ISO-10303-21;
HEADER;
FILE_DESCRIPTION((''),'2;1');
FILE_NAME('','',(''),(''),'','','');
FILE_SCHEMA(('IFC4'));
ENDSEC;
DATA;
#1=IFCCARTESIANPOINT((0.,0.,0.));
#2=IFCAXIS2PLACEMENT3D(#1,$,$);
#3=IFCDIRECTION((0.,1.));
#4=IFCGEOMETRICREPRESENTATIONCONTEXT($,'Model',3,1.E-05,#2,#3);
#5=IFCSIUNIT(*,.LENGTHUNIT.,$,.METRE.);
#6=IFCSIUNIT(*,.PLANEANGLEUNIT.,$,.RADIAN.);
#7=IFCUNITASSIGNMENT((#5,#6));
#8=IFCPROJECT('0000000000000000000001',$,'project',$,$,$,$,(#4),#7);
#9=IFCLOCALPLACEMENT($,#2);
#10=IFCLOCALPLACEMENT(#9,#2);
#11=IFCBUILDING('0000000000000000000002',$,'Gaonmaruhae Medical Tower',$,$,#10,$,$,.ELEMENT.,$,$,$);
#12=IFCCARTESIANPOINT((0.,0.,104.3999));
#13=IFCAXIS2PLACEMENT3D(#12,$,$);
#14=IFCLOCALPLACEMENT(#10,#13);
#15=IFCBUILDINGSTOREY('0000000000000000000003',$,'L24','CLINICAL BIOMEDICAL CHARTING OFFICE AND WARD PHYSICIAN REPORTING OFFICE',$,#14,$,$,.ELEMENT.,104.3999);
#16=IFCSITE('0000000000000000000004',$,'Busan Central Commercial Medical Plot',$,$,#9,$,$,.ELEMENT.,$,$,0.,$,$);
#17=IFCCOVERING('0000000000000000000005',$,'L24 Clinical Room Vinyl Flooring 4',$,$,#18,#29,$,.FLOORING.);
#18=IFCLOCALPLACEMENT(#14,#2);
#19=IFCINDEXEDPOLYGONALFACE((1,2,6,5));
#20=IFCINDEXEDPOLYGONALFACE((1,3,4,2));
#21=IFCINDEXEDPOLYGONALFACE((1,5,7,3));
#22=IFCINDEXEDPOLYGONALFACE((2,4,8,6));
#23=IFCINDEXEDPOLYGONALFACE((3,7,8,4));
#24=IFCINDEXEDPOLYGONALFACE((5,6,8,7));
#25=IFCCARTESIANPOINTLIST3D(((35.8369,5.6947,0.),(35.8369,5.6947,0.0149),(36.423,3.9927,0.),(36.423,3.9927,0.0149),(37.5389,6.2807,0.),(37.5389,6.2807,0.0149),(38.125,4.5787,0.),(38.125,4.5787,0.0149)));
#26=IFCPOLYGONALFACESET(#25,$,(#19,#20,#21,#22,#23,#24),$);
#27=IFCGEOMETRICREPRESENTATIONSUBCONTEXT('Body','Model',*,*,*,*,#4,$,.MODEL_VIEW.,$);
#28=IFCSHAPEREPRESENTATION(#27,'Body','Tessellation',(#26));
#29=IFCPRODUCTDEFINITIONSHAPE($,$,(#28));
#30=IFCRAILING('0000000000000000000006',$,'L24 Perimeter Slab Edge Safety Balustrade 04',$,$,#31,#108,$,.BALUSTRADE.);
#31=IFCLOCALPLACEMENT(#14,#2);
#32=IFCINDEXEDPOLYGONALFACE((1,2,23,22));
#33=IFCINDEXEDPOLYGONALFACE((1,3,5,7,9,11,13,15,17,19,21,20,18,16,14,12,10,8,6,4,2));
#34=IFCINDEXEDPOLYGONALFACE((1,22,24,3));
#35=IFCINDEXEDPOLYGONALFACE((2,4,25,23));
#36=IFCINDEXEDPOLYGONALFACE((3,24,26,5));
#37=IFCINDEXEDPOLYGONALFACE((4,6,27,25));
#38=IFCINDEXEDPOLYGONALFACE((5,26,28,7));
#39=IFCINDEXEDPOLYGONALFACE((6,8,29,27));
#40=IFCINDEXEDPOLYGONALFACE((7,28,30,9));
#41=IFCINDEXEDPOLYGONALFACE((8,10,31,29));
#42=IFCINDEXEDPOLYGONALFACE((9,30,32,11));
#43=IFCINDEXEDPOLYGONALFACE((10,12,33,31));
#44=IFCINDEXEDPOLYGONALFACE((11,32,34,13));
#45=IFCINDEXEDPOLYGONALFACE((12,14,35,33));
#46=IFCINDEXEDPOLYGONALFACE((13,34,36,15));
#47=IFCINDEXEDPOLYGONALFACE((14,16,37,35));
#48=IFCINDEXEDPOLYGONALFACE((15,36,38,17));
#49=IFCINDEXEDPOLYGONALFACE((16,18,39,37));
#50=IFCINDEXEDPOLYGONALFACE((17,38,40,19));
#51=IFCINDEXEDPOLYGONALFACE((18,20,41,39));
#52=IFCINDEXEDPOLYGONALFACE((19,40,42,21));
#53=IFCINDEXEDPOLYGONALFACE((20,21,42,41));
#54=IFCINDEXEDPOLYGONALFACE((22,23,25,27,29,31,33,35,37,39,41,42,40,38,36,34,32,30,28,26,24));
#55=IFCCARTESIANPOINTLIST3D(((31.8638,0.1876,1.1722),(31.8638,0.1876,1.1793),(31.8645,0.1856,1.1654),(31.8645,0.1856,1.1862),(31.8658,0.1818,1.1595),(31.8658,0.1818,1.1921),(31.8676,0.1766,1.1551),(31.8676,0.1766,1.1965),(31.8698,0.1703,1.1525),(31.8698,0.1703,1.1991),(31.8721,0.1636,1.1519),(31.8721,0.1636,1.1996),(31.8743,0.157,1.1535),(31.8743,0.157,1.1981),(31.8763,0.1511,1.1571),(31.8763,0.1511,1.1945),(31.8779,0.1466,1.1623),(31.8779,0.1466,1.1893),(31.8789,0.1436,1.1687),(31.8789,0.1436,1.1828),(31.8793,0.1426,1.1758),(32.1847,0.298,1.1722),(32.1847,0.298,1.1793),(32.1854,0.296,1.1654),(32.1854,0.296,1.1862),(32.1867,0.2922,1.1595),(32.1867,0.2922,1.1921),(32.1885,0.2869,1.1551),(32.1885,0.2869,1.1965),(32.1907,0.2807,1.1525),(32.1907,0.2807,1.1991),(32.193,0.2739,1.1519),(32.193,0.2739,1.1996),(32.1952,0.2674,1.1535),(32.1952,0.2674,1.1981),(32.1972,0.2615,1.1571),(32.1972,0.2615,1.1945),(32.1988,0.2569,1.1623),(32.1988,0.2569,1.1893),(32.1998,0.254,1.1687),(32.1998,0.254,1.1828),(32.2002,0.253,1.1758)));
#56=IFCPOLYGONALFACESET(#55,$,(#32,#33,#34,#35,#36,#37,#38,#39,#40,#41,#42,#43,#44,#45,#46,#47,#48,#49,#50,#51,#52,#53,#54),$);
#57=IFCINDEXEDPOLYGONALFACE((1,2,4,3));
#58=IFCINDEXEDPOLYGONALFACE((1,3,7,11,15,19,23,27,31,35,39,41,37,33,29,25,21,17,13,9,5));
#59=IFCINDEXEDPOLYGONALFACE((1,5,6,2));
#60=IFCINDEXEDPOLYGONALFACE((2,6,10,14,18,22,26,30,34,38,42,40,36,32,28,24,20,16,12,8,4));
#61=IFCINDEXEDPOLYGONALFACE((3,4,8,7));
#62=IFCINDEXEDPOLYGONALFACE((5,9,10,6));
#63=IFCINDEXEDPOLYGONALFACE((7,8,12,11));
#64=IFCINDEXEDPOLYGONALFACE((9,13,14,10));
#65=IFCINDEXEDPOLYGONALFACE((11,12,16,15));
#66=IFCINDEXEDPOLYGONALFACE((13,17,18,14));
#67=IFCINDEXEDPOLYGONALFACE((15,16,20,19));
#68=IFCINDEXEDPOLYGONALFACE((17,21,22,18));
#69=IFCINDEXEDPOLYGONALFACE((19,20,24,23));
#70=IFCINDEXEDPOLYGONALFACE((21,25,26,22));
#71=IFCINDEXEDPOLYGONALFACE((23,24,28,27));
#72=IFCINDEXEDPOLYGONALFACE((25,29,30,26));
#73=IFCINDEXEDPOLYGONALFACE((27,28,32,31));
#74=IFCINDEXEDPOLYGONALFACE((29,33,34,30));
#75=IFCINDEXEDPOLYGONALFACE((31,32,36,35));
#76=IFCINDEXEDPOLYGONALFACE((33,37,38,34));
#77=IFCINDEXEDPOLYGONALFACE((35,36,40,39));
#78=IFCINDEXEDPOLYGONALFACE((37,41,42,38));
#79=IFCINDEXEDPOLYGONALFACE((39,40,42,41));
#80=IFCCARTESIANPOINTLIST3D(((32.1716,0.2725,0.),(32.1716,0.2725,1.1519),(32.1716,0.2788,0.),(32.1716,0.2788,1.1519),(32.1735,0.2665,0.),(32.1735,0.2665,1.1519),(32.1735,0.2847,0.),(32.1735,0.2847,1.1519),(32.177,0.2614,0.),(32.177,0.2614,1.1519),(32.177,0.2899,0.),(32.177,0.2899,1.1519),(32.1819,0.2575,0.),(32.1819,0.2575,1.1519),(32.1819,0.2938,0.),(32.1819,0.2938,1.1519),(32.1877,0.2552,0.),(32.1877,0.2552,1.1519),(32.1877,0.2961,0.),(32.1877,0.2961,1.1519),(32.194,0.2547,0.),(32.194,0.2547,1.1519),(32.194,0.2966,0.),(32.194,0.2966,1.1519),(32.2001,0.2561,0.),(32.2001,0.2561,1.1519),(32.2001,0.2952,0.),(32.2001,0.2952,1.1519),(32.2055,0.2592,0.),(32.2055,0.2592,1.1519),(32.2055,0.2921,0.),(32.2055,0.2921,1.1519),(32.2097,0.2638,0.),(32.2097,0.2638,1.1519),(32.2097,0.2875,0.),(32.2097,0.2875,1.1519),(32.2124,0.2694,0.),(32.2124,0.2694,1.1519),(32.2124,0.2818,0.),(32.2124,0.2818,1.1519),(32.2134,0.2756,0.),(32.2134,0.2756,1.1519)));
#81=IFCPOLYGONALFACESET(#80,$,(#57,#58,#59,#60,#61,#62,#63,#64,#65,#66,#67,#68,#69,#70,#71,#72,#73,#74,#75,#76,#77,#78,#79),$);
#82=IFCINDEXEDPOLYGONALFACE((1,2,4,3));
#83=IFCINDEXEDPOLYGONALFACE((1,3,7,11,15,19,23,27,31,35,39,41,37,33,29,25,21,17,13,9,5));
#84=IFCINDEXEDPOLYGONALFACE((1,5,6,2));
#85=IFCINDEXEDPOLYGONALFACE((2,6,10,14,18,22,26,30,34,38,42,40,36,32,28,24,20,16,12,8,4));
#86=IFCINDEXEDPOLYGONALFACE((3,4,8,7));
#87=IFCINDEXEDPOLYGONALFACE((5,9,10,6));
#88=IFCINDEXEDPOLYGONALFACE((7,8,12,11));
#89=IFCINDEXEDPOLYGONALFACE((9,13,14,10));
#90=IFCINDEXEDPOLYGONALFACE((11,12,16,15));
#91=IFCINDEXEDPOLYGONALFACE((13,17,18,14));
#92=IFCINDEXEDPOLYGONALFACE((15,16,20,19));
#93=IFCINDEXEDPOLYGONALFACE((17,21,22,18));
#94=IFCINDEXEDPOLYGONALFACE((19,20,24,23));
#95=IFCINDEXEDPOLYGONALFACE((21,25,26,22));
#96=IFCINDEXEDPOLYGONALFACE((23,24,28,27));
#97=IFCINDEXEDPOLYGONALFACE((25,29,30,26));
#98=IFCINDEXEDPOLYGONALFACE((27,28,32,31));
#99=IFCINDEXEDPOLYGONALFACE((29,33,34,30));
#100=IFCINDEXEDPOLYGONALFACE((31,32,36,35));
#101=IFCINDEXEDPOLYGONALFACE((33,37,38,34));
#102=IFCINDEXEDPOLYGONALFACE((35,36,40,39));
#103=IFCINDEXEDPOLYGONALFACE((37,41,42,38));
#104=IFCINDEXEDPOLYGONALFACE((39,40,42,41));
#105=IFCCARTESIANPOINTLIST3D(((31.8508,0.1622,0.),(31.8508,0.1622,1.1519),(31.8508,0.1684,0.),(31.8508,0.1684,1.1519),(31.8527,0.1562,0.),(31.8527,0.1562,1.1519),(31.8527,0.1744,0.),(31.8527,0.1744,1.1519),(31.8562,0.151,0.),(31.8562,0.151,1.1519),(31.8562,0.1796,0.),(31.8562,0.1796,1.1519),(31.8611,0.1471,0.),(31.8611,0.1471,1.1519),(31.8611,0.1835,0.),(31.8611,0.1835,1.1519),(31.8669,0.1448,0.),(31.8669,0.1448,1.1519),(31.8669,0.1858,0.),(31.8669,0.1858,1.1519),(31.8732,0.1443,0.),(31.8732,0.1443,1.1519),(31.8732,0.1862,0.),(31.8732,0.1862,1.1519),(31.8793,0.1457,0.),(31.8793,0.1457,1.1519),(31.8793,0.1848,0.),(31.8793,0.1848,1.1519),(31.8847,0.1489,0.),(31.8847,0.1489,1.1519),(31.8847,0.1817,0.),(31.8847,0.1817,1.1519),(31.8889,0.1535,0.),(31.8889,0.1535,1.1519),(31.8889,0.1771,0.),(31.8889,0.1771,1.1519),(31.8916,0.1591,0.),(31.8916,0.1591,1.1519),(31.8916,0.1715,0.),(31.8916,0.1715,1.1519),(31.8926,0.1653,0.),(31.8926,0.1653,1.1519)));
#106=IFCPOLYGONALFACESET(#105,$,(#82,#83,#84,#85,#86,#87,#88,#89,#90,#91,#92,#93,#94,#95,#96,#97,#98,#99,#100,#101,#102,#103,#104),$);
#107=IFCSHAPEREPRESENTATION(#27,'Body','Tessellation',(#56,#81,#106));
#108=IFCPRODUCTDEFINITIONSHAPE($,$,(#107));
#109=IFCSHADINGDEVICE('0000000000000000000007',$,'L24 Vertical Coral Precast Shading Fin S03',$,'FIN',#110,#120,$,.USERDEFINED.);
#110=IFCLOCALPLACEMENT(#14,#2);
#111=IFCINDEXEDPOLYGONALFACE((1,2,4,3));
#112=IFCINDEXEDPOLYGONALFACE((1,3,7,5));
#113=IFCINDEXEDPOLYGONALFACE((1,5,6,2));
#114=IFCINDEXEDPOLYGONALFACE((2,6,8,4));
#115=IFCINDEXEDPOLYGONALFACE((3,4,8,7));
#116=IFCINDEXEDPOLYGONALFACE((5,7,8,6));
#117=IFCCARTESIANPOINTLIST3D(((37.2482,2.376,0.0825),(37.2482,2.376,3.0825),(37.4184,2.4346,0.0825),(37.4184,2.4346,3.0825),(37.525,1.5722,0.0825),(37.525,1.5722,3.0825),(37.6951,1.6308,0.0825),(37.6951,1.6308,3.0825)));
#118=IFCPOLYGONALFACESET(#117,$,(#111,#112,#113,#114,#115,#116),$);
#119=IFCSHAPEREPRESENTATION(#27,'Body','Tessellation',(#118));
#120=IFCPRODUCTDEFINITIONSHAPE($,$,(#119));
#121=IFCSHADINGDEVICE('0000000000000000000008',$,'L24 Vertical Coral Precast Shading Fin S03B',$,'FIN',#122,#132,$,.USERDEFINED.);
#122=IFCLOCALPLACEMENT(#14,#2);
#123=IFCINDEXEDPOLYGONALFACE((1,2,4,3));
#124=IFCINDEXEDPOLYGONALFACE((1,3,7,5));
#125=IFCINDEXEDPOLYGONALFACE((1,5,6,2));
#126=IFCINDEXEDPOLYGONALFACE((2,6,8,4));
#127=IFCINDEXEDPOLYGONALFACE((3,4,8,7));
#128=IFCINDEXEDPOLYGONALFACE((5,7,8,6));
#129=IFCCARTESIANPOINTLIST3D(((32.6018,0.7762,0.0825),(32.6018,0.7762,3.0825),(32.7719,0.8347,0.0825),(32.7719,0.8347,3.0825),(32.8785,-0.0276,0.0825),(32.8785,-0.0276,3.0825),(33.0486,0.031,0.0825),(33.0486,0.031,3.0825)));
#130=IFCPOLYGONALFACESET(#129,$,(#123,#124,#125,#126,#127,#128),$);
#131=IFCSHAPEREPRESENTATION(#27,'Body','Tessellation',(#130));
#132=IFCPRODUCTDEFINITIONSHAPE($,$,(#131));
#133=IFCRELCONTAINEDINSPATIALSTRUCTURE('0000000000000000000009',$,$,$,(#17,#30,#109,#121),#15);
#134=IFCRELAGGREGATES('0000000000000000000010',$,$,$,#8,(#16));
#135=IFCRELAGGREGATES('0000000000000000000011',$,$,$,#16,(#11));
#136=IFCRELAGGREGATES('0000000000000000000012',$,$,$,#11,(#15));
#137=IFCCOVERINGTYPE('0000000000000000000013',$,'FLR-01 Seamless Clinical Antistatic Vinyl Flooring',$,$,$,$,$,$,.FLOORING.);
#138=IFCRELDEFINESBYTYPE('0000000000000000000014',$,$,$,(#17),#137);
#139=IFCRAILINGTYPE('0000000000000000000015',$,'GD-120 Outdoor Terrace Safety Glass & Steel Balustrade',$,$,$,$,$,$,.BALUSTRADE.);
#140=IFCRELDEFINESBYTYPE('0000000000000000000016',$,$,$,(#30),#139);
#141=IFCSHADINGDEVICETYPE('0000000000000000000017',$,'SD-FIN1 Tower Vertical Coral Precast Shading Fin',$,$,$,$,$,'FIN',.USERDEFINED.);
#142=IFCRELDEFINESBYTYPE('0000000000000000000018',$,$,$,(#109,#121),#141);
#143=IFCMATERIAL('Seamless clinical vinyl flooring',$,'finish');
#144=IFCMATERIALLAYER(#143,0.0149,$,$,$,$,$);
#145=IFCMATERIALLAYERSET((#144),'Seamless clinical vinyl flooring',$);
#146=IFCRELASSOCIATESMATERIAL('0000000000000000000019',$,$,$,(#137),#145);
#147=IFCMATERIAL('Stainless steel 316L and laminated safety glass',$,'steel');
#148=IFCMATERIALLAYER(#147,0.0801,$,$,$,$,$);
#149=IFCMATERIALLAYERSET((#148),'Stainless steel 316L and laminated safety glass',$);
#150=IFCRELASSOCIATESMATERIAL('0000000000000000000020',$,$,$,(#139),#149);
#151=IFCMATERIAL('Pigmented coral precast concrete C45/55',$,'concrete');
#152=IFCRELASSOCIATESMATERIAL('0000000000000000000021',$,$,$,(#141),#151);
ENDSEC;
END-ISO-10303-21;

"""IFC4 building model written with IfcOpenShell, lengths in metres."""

from ifc_helpers import new_model, si_unit, direction, frame, origin, origin_2d, place, context, subcontext, project, spatial, rectangle, circle, extrude, material, layer, layer_set, type_object, element, save


model = new_model("IFC4")

# Units and contexts
model_context = context("Model", 3, precision=1e-05, world=origin(), true_north=direction((0.0, 1.0)))
body_context = subcontext(model_context, "Body", "Model", "MODEL_VIEW")
ifc_project = project(units=[si_unit("LENGTHUNIT", "METRE"), si_unit("PLANEANGLEUNIT", "RADIAN")], contexts=[model_context])

# Site, building, storey
site_placement = place(None, origin())
site = spatial("IfcSite", under=ifc_project, at=site_placement, Name="Busan Central Commercial Medical Plot", CompositionType="ELEMENT", RefElevation=0.0)
building_placement = place(site_placement, origin())
building = spatial("IfcBuilding", under=site, at=building_placement, Name="Gaonmaruhae Medical Tower", CompositionType="ELEMENT")
storey_placement = place(building_placement, frame((0.0, 0.0, 104.3999)))
storey = spatial("IfcBuildingStorey", under=building, at=storey_placement, Name="L24", Description="CLINICAL BIOMEDICAL CHARTING OFFICE AND WARD PHYSICIAN REPORTING OFFICE", CompositionType="ELEMENT", Elevation=104.3999)

# Covering
ifc_material_1 = material(Name="Seamless clinical vinyl flooring", Category="finish")
ifc_layer_1 = layer(ifc_material_1, 0.0149)
ifc_layer_set_1 = layer_set([ifc_layer_1], Name="Seamless clinical vinyl flooring")
covering_type_1 = type_object("IfcCoveringType", Name="FLR-01 Seamless Clinical Antistatic Vinyl Flooring", PredefinedType="FLOORING", material=ifc_layer_set_1)
for number, where, z_axis, x_axis, name in (
    (1, (36.981, 5.1367, 0.0), (0.0, 0.0, 1.0), (0.945519, 0.325568, 0.0), "L24 Clinical Room Vinyl Flooring 4"),
):
    element("IfcCovering", number, at=place(storey_placement, frame(where, z_axis=z_axis, x_axis=x_axis)), inside=storey, type_object=covering_type_1, Name=name, PredefinedType="FLOORING", context=body_context, shape_type="SweptSolid", body=[
        extrude(rectangle(XDim=1.8, YDim=1.8, at=origin_2d()), origin(), (0.0, 0.0, 1.0), 0.0149),
    ])

# Railing
ifc_material_2 = material(Name="Stainless steel 316L and laminated safety glass", Category="steel")
ifc_layer_2 = layer(ifc_material_2, 0.0801)
ifc_layer_set_2 = layer_set([ifc_layer_2], Name="Stainless steel 316L and laminated safety glass")
railing_type = type_object("IfcRailingType", Name="GD-120 Outdoor Terrace Safety Glass & Steel Balustrade", PredefinedType="BALUSTRADE", material=ifc_layer_set_2)
railing_placement = place(storey_placement, frame((32.1924, 0.2756, 0.0)))
element("IfcRailing", 2, at=railing_placement, inside=storey, type_object=railing_type, Name="L24 Perimeter Slab Edge Safety Balustrade 04", PredefinedType="BALUSTRADE", context=body_context, shape_type="SweptSolid", body=[
    extrude(circle(Radius=0.0239, at=origin_2d()), frame((0.0, 0.0, 1.1758), z_axis=(-0.945617, -0.325281, 0.0), x_axis=(0.325281, -0.945617, 0.0)), (0.0, 0.0, 1.0), 0.3394),
    extrude(circle(Radius=0.021, at=origin_2d()), origin(), (0.0, 0.0, 1.0), 1.1519),
    extrude(circle(Radius=0.021, at=origin_2d()), frame((-0.3208, -0.1104, 0.0)), (0.0, 0.0, 1.0), 1.1519),
])

# Shading devices
ifc_material_3 = material(Name="Pigmented coral precast concrete C45/55", Category="concrete")
shading_device_type = type_object("IfcShadingDeviceType", Name="SD-FIN1 Tower Vertical Coral Precast Shading Fin", ElementType="FIN", PredefinedType="USERDEFINED", material=ifc_material_3)
for number, where, z_axis, x_axis, name in (
    (3, (37.4717, 2.0034, 0.0825), (0.0, 0.0, 1.0), (-0.945524, -0.325552, 0.0), "L24 Vertical Coral Precast Shading Fin S03"),
    (4, (32.8252, 0.4036, 0.0825), (0.0, 0.0, 1.0), (-0.945524, -0.325552, 0.0), "L24 Vertical Coral Precast Shading Fin S03B"),
):
    element("IfcShadingDevice", number, at=place(storey_placement, frame(where, z_axis=z_axis, x_axis=x_axis)), inside=storey, type_object=shading_device_type, Name=name, ObjectType="FIN", PredefinedType="USERDEFINED", context=body_context, shape_type="SweptSolid", body=[
        extrude(rectangle(XDim=0.1799, YDim=0.8501, at=origin_2d()), origin(), (0.0, 0.0, 1.0), 3.0),
    ])

save(model, "model.ifc")
